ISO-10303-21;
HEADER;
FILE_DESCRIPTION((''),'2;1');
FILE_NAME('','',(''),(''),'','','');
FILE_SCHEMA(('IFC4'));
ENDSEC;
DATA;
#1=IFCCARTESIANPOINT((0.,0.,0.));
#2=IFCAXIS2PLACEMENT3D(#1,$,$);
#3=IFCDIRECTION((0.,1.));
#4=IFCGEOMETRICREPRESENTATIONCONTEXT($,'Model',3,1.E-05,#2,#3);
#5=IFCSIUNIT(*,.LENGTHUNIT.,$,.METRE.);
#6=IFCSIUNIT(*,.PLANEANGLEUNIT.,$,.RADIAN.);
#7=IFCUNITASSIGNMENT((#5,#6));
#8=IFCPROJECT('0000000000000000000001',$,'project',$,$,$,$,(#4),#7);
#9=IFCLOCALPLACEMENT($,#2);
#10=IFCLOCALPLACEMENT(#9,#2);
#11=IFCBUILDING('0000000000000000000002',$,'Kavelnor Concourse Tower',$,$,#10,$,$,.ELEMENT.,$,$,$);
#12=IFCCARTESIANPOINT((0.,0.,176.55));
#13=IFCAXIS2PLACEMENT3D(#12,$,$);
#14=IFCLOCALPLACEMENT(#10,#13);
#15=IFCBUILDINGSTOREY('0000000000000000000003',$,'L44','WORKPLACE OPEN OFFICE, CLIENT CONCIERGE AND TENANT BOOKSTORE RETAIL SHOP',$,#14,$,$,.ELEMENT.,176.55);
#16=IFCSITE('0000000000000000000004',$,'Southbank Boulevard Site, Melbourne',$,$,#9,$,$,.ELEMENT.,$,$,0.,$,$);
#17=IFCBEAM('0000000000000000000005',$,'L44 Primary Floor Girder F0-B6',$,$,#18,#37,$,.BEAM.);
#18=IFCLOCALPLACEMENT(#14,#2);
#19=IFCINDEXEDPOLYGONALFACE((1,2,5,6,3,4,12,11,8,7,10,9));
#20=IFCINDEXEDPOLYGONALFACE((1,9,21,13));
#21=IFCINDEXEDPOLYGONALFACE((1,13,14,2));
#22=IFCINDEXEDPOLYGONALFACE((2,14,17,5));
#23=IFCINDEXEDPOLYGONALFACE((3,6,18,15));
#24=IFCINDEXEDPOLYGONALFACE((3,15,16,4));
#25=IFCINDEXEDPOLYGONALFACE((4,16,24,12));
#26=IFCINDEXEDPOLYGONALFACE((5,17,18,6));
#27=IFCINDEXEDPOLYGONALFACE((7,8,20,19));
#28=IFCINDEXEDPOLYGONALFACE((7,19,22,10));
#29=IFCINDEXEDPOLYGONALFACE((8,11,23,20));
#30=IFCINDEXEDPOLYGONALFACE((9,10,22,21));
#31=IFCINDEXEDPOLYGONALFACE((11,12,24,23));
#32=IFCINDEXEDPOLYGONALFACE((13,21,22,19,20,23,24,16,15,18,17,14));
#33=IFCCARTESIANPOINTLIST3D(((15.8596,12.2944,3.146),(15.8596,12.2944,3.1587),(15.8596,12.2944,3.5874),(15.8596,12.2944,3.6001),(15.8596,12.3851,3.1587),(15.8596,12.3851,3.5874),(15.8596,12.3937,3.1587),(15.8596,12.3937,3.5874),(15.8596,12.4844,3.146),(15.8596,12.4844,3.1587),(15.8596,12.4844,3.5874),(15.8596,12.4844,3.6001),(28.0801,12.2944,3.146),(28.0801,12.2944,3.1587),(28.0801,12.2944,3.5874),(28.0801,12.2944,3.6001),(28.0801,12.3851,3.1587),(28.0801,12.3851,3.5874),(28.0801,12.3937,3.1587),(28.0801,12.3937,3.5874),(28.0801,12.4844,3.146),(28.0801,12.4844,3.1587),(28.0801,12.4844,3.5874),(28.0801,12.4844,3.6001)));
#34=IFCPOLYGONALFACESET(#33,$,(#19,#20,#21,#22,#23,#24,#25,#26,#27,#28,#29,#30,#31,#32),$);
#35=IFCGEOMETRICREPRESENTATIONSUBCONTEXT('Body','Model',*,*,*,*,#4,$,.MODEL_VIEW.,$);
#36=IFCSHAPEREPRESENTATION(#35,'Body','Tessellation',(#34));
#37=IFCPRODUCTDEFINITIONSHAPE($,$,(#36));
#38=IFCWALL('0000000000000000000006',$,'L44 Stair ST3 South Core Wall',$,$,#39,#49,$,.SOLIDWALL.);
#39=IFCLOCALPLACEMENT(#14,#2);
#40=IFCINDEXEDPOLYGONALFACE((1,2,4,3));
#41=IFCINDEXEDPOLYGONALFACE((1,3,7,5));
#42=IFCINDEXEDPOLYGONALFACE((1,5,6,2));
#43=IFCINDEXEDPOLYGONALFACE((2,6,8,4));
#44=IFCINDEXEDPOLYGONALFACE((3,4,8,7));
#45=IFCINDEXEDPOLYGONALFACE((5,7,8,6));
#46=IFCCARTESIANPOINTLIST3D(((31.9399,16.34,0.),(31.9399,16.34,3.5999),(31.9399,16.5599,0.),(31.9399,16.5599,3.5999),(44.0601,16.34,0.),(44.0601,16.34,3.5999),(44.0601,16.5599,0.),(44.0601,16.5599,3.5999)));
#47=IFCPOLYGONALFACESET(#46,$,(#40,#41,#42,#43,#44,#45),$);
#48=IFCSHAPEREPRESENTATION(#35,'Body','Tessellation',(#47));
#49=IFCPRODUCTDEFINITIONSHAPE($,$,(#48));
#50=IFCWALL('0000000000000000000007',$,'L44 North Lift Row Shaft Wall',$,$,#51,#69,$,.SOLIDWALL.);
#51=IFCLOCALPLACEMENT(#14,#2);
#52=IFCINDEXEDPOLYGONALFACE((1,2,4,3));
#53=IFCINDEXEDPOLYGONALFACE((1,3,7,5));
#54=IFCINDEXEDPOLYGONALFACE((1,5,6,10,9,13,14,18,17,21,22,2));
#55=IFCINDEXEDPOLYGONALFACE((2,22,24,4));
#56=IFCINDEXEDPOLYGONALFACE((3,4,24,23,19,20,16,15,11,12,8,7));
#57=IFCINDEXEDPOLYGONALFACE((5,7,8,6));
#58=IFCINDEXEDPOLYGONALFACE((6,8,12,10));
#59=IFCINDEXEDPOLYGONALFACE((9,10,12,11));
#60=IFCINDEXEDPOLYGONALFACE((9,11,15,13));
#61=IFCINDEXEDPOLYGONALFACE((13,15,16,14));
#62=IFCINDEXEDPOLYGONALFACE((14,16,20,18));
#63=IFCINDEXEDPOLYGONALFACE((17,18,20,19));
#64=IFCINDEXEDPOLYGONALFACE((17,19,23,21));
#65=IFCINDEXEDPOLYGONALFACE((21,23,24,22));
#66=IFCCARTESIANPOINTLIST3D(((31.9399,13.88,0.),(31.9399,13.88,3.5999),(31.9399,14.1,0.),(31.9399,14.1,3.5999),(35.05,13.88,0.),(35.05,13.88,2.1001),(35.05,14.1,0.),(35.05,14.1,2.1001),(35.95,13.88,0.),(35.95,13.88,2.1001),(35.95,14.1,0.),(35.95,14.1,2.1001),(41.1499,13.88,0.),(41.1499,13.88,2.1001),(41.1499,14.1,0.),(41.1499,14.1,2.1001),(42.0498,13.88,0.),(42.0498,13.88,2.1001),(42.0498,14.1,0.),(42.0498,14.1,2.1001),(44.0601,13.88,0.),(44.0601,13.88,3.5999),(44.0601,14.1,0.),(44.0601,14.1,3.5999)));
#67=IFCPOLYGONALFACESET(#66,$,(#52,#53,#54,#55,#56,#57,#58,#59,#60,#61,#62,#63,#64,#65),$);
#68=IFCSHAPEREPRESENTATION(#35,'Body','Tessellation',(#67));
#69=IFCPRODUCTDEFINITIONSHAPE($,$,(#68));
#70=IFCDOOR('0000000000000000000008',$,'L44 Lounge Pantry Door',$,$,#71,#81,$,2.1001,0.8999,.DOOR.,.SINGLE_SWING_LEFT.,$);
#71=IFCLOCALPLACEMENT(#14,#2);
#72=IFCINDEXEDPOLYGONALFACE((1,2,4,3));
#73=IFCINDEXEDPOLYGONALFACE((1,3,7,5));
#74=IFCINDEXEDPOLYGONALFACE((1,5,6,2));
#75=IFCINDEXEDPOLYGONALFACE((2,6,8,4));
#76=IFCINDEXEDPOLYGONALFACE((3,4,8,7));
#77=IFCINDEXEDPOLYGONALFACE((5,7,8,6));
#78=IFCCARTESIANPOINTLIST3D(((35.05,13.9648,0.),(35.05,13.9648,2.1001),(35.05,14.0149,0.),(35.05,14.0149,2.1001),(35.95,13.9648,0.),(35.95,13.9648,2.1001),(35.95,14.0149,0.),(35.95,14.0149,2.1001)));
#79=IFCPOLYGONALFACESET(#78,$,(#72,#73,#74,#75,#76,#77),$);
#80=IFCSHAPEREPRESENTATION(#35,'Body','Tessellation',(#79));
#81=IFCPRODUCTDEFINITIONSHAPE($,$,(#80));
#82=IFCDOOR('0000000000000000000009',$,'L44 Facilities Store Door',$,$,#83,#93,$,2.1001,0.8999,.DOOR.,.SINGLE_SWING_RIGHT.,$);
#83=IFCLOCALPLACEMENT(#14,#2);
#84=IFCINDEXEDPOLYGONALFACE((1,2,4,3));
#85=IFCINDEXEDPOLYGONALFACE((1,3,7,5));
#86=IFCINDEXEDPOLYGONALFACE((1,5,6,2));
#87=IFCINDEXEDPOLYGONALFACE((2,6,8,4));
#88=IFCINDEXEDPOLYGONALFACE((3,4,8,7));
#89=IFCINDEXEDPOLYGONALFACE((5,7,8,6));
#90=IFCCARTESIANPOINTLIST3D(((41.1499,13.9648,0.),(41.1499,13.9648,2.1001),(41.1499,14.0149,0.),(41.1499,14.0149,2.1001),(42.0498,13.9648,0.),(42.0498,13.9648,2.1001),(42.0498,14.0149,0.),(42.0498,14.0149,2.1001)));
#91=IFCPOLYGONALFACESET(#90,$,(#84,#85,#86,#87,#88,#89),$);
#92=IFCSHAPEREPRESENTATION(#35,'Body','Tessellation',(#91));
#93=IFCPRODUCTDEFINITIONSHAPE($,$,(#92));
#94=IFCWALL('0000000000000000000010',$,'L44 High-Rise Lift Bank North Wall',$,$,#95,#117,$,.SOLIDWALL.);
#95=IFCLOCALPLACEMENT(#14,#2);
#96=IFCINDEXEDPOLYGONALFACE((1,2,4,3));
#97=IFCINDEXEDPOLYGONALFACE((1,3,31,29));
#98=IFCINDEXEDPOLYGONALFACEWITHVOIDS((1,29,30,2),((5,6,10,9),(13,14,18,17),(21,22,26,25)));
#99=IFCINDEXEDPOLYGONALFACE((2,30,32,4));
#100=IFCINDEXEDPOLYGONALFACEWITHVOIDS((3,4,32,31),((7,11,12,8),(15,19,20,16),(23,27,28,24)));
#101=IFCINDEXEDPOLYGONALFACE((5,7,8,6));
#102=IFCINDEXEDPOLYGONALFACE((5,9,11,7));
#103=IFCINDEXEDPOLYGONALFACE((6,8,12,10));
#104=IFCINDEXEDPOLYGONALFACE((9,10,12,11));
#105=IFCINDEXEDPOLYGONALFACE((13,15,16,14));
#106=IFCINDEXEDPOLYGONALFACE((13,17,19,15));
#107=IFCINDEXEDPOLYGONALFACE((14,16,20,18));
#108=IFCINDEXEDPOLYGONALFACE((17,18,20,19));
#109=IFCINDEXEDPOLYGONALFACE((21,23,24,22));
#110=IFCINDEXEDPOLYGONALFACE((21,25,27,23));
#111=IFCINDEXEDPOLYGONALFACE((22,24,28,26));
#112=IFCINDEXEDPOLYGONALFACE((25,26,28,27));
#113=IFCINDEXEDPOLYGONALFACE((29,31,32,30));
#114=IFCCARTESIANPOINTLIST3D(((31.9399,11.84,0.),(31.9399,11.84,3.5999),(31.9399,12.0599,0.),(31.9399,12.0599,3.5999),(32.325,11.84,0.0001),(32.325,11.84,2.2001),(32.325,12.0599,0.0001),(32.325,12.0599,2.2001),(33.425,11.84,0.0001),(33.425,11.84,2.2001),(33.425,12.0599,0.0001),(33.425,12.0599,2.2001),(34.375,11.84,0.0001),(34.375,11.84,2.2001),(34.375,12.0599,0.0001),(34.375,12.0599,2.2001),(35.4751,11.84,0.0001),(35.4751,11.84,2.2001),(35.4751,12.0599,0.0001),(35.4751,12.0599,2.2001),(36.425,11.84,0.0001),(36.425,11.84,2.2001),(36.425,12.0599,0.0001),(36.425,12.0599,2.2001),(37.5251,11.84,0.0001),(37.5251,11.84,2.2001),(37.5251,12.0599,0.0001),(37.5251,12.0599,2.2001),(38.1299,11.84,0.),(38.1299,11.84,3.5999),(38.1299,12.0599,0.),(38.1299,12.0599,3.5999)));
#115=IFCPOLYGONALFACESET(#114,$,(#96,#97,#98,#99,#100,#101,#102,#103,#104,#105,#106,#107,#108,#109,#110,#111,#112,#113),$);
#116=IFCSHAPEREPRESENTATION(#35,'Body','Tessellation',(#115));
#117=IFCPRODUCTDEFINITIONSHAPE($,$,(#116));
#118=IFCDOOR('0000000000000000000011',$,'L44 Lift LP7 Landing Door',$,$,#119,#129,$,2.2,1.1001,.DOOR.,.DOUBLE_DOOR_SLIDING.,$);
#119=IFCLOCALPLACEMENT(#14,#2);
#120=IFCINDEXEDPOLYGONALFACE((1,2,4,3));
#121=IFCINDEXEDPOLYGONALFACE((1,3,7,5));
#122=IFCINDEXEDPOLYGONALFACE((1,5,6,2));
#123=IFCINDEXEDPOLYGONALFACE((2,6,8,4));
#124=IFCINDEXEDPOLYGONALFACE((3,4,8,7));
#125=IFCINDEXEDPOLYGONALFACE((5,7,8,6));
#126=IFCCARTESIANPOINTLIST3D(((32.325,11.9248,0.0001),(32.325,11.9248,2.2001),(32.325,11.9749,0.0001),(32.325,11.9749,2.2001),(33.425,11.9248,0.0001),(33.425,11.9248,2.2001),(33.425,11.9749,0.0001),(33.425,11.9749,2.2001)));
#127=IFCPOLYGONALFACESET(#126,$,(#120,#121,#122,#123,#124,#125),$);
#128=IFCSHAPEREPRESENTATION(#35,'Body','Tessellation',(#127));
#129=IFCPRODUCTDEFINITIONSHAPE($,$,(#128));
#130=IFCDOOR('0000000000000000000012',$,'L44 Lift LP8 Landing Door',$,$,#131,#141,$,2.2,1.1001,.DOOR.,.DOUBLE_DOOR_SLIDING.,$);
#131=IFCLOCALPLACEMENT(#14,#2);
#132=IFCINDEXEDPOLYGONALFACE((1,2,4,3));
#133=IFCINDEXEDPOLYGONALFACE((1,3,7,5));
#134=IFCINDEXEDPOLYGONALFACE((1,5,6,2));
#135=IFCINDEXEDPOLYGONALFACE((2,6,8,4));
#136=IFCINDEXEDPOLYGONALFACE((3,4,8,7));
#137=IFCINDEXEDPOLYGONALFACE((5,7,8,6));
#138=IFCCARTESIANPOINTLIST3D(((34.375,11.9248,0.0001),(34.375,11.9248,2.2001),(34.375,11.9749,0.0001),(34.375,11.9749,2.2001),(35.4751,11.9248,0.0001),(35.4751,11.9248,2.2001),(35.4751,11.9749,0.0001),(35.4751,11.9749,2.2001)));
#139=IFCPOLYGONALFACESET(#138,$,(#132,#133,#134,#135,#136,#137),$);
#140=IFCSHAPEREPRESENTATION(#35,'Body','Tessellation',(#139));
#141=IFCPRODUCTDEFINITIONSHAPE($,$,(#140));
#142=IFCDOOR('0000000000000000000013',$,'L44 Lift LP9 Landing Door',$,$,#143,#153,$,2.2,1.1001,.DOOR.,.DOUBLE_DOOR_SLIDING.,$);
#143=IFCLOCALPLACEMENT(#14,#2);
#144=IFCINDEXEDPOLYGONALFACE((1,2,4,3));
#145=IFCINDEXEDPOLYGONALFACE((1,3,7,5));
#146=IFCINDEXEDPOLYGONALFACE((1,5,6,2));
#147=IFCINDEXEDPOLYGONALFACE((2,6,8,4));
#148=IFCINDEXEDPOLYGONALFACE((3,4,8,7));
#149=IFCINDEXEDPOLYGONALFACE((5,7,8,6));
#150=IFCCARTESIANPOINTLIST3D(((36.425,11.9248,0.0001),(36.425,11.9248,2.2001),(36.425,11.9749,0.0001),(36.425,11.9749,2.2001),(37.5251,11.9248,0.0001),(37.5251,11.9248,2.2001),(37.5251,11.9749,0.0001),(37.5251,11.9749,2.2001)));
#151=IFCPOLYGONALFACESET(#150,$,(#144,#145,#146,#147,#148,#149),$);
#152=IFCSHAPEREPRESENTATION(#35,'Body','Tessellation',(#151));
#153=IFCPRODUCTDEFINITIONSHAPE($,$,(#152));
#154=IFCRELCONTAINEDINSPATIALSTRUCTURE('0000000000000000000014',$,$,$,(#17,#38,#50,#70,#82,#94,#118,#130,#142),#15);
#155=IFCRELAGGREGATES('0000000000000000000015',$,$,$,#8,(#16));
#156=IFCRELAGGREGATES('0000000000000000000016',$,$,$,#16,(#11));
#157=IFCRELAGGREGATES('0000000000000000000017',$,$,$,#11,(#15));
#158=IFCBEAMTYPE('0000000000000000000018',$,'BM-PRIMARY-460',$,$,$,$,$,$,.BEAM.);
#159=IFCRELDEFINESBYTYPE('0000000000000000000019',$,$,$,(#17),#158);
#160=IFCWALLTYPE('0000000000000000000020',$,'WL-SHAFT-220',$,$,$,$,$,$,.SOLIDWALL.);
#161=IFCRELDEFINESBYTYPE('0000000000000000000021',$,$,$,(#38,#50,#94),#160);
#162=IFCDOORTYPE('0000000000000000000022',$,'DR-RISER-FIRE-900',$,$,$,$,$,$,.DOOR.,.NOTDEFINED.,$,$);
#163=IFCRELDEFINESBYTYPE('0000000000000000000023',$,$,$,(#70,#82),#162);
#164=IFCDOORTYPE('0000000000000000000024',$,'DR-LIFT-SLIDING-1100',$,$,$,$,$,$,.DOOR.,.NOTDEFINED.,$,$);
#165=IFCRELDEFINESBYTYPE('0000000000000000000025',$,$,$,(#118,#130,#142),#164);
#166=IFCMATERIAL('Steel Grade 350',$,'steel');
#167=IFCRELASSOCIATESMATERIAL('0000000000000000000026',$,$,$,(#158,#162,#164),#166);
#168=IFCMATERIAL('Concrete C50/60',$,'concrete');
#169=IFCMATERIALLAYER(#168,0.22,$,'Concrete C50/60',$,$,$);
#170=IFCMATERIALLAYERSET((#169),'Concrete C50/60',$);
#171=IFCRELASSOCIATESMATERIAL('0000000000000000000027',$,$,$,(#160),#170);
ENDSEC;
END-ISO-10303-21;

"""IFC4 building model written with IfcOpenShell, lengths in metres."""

from ifc_helpers import new_model, si_unit, direction, frame, frame_2d, origin, origin_2d, place, context, subcontext, project, spatial, rectangle, i_section, extrude, material, layer, layer_set, material_profile, profile_set, type_object, element, fill, save


model = new_model("IFC4")

# Units and contexts
model_context = context("Model", 3, precision=1e-05, world=origin(), true_north=direction((0.0, 1.0)))
body_context = subcontext(model_context, "Body", "Model", "MODEL_VIEW")
ifc_project = project(units=[si_unit("LENGTHUNIT", "METRE"), si_unit("PLANEANGLEUNIT", "RADIAN")], contexts=[model_context])

# Site, building, storey
site_placement = place(None, origin())
site = spatial("IfcSite", under=ifc_project, at=site_placement, Name="Southbank Boulevard Site, Melbourne", CompositionType="ELEMENT", RefElevation=0.0)
building_placement = place(site_placement, origin())
building = spatial("IfcBuilding", under=site, at=building_placement, Name="Kavelnor Concourse Tower", CompositionType="ELEMENT")
storey_placement = place(building_placement, frame((0.0, 0.0, 176.55)))
storey = spatial("IfcBuildingStorey", under=building, at=storey_placement, Name="L44", Description="WORKPLACE OPEN OFFICE, CLIENT CONCIERGE AND TENANT BOOKSTORE RETAIL SHOP", CompositionType="ELEMENT", Elevation=176.55)

# Beam
ifc_material_1 = material(Name="Steel Grade 350", Category="steel")
ifc_material_profile = material_profile(ifc_material_1, i_section(OverallWidth=0.1899, OverallDepth=0.4541, WebThickness=0.0085, FlangeThickness=0.0127, at=origin_2d()), Name="460UB67")
ifc_profile_set = profile_set([ifc_material_profile], Name="Steel Grade 350")
beam_type = type_object("IfcBeamType", Name="BM-PRIMARY-460", PredefinedType="BEAM", material=ifc_profile_set)
beam_placement = place(storey_placement, frame((28.0801, 12.3894, 3.373), z_axis=(-1.0, 0.0, 0.0), x_axis=(0.0, -1.0, 0.0)))
element("IfcBeam", 1, at=beam_placement, inside=storey, type_object=beam_type, Name="L44 Primary Floor Girder F0-B6", PredefinedType="BEAM", context=body_context, shape_type="SweptSolid", body=[
    extrude(i_section(OverallWidth=0.1899, OverallDepth=0.4541, WebThickness=0.0085, FlangeThickness=0.0127, at=origin_2d()), origin(), (0.0, 0.0, 1.0), 12.2205),
])

# Wall
ifc_material_2 = material(Name="Concrete C50/60", Category="concrete")
ifc_layer_1 = layer(ifc_material_2, 0.22, Name="Concrete C50/60")
ifc_layer_set_1 = layer_set([ifc_layer_1], Name="Concrete C50/60")
wall_type_1 = type_object("IfcWallType", Name="WL-SHAFT-220", PredefinedType="SOLIDWALL", material=ifc_layer_set_1)
wall_1_placement = place(storey_placement, frame((31.9399, 16.45, 0.0), z_axis=(0.0, 0.0, 1.0), x_axis=(1.0, 0.0, 0.0)))
element("IfcWall", 2, at=wall_1_placement, inside=storey, type_object=wall_type_1, Name="L44 Stair ST3 South Core Wall", PredefinedType="SOLIDWALL", context=body_context, shape_type="SweptSolid", body=[
    extrude(rectangle(XDim=12.1201, YDim=0.22, at=frame_2d((6.0601, 0.0))), origin(), (0.0, 0.0, 1.0), 3.5999),
])

# Walls, openings, doors
wall_2_placement = place(storey_placement, frame((31.9399, 13.99, 0.0), z_axis=(0.0, 0.0, 1.0), x_axis=(1.0, 0.0, 0.0)))
wall_2 = element("IfcWall", 3, at=wall_2_placement, inside=storey, type_object=wall_type_1, Name="L44 North Lift Row Shaft Wall", PredefinedType="SOLIDWALL", context=body_context, shape_type="SweptSolid", body=[
    extrude(rectangle(XDim=12.1201, YDim=0.22, at=frame_2d((6.0601, 0.0))), origin(), (0.0, 0.0, 1.0), 3.5999),
])
opening_1_placement = place(wall_2_placement, frame((3.1101, 0.0, 0.0)))
opening_1 = element("IfcOpeningElement", 4, at=opening_1_placement, cuts=wall_2, PredefinedType="OPENING", context=body_context, shape_type="SweptSolid", body=[
    extrude(rectangle(XDim=0.8999, YDim=2.1001, at=frame_2d((0.45, 1.05))), frame((0.0, 0.1201, 0.0), z_axis=(0.0, -1.0, 0.0), x_axis=(1.0, 0.0, 0.0)), (0.0, 0.0, 1.0), 0.24),
])
opening_2_placement = place(wall_2_placement, frame((9.21, 0.0, 0.0)))
opening_2 = element("IfcOpeningElement", 5, at=opening_2_placement, cuts=wall_2, PredefinedType="OPENING", context=body_context, shape_type="SweptSolid", body=[
    extrude(rectangle(XDim=0.8999, YDim=2.1001, at=frame_2d((0.45, 1.05))), frame((0.0, 0.1201, 0.0), z_axis=(0.0, -1.0, 0.0), x_axis=(1.0, 0.0, 0.0)), (0.0, 0.0, 1.0), 0.24),
])
door_type_1 = type_object("IfcDoorType", Name="DR-RISER-FIRE-900", OperationType="NOTDEFINED", PredefinedType="DOOR", material=ifc_material_1)
door_1_placement = place(opening_1_placement, origin())
door_1 = element("IfcDoor", 6, at=door_1_placement, inside=storey, type_object=door_type_1, Name="L44 Lounge Pantry Door", OperationType="SINGLE_SWING_LEFT", OverallHeight=2.1001, OverallWidth=0.8999, PredefinedType="DOOR", context=body_context, shape_type="SweptSolid", body=[
    extrude(rectangle(XDim=0.8999, YDim=2.1001, at=frame_2d((0.45, 1.05))), frame((0.0, 0.0249, 0.0), z_axis=(0.0, -1.0, 0.0), x_axis=(1.0, 0.0, 0.0)), (0.0, 0.0, 1.0), 0.05),
])
fill(opening_1, door_1)
door_2_placement = place(opening_2_placement, origin())
door_2 = element("IfcDoor", 7, at=door_2_placement, inside=storey, type_object=door_type_1, Name="L44 Facilities Store Door", OperationType="SINGLE_SWING_RIGHT", OverallHeight=2.1001, OverallWidth=0.8999, PredefinedType="DOOR", context=body_context, shape_type="SweptSolid", body=[
    extrude(rectangle(XDim=0.8999, YDim=2.1001, at=frame_2d((0.45, 1.05))), frame((0.0, 0.0249, 0.0), z_axis=(0.0, -1.0, 0.0), x_axis=(1.0, 0.0, 0.0)), (0.0, 0.0, 1.0), 0.05),
])
fill(opening_2, door_2)
wall_3_placement = place(storey_placement, frame((31.9399, 11.95, 0.0), z_axis=(0.0, 0.0, 1.0), x_axis=(1.0, 0.0, 0.0)))
wall_3 = element("IfcWall", 8, at=wall_3_placement, inside=storey, type_object=wall_type_1, Name="L44 High-Rise Lift Bank North Wall", PredefinedType="SOLIDWALL", context=body_context, shape_type="SweptSolid", body=[
    extrude(rectangle(XDim=6.1899, YDim=0.22, at=frame_2d((3.095, 0.0))), origin(), (0.0, 0.0, 1.0), 3.5999),
])
opening_3_placement = place(wall_3_placement, frame((0.385, 0.0, 0.0)))
opening_3 = element("IfcOpeningElement", 9, at=opening_3_placement, cuts=wall_3, PredefinedType="OPENING", context=body_context, shape_type="SweptSolid", body=[
    extrude(rectangle(XDim=1.1001, YDim=2.2, at=frame_2d((0.55, 1.1001))), frame((0.0, 0.1201, 0.0), z_axis=(0.0, -1.0, 0.0), x_axis=(1.0, 0.0, 0.0)), (0.0, 0.0, 1.0), 0.24),
])
opening_4_placement = place(wall_3_placement, frame((2.4351, 0.0, 0.0)))
opening_4 = element("IfcOpeningElement", 10, at=opening_4_placement, cuts=wall_3, PredefinedType="OPENING", context=body_context, shape_type="SweptSolid", body=[
    extrude(rectangle(XDim=1.1001, YDim=2.2, at=frame_2d((0.55, 1.1001))), frame((0.0, 0.1201, 0.0), z_axis=(0.0, -1.0, 0.0), x_axis=(1.0, 0.0, 0.0)), (0.0, 0.0, 1.0), 0.24),
])
opening_5_placement = place(wall_3_placement, frame((4.4851, 0.0, 0.0)))
opening_5 = element("IfcOpeningElement", 11, at=opening_5_placement, cuts=wall_3, PredefinedType="OPENING", context=body_context, shape_type="SweptSolid", body=[
    extrude(rectangle(XDim=1.1001, YDim=2.2, at=frame_2d((0.55, 1.1001))), frame((0.0, 0.1201, 0.0), z_axis=(0.0, -1.0, 0.0), x_axis=(1.0, 0.0, 0.0)), (0.0, 0.0, 1.0), 0.24),
])
door_type_2 = type_object("IfcDoorType", Name="DR-LIFT-SLIDING-1100", OperationType="NOTDEFINED", PredefinedType="DOOR", material=ifc_material_1)
door_3_placement = place(opening_3_placement, origin())
door_3 = element("IfcDoor", 12, at=door_3_placement, inside=storey, type_object=door_type_2, Name="L44 Lift LP7 Landing Door", OperationType="DOUBLE_DOOR_SLIDING", OverallHeight=2.2, OverallWidth=1.1001, PredefinedType="DOOR", context=body_context, shape_type="SweptSolid", body=[
    extrude(rectangle(XDim=1.1001, YDim=2.2, at=frame_2d((0.55, 1.1001))), frame((0.0, 0.0249, 0.0), z_axis=(0.0, -1.0, 0.0), x_axis=(1.0, 0.0, 0.0)), (0.0, 0.0, 1.0), 0.05),
])
fill(opening_3, door_3)
door_4_placement = place(opening_4_placement, origin())
door_4 = element("IfcDoor", 13, at=door_4_placement, inside=storey, type_object=door_type_2, Name="L44 Lift LP8 Landing Door", OperationType="DOUBLE_DOOR_SLIDING", OverallHeight=2.2, OverallWidth=1.1001, PredefinedType="DOOR", context=body_context, shape_type="SweptSolid", body=[
    extrude(rectangle(XDim=1.1001, YDim=2.2, at=frame_2d((0.55, 1.1001))), frame((0.0, 0.0249, 0.0), z_axis=(0.0, -1.0, 0.0), x_axis=(1.0, 0.0, 0.0)), (0.0, 0.0, 1.0), 0.05),
])
fill(opening_4, door_4)
door_5_placement = place(opening_5_placement, origin())
door_5 = element("IfcDoor", 14, at=door_5_placement, inside=storey, type_object=door_type_2, Name="L44 Lift LP9 Landing Door", OperationType="DOUBLE_DOOR_SLIDING", OverallHeight=2.2, OverallWidth=1.1001, PredefinedType="DOOR", context=body_context, shape_type="SweptSolid", body=[
    extrude(rectangle(XDim=1.1001, YDim=2.2, at=frame_2d((0.55, 1.1001))), frame((0.0, 0.0249, 0.0), z_axis=(0.0, -1.0, 0.0), x_axis=(1.0, 0.0, 0.0)), (0.0, 0.0, 1.0), 0.05),
])
fill(opening_5, door_5)

save(model, "model.ifc")
